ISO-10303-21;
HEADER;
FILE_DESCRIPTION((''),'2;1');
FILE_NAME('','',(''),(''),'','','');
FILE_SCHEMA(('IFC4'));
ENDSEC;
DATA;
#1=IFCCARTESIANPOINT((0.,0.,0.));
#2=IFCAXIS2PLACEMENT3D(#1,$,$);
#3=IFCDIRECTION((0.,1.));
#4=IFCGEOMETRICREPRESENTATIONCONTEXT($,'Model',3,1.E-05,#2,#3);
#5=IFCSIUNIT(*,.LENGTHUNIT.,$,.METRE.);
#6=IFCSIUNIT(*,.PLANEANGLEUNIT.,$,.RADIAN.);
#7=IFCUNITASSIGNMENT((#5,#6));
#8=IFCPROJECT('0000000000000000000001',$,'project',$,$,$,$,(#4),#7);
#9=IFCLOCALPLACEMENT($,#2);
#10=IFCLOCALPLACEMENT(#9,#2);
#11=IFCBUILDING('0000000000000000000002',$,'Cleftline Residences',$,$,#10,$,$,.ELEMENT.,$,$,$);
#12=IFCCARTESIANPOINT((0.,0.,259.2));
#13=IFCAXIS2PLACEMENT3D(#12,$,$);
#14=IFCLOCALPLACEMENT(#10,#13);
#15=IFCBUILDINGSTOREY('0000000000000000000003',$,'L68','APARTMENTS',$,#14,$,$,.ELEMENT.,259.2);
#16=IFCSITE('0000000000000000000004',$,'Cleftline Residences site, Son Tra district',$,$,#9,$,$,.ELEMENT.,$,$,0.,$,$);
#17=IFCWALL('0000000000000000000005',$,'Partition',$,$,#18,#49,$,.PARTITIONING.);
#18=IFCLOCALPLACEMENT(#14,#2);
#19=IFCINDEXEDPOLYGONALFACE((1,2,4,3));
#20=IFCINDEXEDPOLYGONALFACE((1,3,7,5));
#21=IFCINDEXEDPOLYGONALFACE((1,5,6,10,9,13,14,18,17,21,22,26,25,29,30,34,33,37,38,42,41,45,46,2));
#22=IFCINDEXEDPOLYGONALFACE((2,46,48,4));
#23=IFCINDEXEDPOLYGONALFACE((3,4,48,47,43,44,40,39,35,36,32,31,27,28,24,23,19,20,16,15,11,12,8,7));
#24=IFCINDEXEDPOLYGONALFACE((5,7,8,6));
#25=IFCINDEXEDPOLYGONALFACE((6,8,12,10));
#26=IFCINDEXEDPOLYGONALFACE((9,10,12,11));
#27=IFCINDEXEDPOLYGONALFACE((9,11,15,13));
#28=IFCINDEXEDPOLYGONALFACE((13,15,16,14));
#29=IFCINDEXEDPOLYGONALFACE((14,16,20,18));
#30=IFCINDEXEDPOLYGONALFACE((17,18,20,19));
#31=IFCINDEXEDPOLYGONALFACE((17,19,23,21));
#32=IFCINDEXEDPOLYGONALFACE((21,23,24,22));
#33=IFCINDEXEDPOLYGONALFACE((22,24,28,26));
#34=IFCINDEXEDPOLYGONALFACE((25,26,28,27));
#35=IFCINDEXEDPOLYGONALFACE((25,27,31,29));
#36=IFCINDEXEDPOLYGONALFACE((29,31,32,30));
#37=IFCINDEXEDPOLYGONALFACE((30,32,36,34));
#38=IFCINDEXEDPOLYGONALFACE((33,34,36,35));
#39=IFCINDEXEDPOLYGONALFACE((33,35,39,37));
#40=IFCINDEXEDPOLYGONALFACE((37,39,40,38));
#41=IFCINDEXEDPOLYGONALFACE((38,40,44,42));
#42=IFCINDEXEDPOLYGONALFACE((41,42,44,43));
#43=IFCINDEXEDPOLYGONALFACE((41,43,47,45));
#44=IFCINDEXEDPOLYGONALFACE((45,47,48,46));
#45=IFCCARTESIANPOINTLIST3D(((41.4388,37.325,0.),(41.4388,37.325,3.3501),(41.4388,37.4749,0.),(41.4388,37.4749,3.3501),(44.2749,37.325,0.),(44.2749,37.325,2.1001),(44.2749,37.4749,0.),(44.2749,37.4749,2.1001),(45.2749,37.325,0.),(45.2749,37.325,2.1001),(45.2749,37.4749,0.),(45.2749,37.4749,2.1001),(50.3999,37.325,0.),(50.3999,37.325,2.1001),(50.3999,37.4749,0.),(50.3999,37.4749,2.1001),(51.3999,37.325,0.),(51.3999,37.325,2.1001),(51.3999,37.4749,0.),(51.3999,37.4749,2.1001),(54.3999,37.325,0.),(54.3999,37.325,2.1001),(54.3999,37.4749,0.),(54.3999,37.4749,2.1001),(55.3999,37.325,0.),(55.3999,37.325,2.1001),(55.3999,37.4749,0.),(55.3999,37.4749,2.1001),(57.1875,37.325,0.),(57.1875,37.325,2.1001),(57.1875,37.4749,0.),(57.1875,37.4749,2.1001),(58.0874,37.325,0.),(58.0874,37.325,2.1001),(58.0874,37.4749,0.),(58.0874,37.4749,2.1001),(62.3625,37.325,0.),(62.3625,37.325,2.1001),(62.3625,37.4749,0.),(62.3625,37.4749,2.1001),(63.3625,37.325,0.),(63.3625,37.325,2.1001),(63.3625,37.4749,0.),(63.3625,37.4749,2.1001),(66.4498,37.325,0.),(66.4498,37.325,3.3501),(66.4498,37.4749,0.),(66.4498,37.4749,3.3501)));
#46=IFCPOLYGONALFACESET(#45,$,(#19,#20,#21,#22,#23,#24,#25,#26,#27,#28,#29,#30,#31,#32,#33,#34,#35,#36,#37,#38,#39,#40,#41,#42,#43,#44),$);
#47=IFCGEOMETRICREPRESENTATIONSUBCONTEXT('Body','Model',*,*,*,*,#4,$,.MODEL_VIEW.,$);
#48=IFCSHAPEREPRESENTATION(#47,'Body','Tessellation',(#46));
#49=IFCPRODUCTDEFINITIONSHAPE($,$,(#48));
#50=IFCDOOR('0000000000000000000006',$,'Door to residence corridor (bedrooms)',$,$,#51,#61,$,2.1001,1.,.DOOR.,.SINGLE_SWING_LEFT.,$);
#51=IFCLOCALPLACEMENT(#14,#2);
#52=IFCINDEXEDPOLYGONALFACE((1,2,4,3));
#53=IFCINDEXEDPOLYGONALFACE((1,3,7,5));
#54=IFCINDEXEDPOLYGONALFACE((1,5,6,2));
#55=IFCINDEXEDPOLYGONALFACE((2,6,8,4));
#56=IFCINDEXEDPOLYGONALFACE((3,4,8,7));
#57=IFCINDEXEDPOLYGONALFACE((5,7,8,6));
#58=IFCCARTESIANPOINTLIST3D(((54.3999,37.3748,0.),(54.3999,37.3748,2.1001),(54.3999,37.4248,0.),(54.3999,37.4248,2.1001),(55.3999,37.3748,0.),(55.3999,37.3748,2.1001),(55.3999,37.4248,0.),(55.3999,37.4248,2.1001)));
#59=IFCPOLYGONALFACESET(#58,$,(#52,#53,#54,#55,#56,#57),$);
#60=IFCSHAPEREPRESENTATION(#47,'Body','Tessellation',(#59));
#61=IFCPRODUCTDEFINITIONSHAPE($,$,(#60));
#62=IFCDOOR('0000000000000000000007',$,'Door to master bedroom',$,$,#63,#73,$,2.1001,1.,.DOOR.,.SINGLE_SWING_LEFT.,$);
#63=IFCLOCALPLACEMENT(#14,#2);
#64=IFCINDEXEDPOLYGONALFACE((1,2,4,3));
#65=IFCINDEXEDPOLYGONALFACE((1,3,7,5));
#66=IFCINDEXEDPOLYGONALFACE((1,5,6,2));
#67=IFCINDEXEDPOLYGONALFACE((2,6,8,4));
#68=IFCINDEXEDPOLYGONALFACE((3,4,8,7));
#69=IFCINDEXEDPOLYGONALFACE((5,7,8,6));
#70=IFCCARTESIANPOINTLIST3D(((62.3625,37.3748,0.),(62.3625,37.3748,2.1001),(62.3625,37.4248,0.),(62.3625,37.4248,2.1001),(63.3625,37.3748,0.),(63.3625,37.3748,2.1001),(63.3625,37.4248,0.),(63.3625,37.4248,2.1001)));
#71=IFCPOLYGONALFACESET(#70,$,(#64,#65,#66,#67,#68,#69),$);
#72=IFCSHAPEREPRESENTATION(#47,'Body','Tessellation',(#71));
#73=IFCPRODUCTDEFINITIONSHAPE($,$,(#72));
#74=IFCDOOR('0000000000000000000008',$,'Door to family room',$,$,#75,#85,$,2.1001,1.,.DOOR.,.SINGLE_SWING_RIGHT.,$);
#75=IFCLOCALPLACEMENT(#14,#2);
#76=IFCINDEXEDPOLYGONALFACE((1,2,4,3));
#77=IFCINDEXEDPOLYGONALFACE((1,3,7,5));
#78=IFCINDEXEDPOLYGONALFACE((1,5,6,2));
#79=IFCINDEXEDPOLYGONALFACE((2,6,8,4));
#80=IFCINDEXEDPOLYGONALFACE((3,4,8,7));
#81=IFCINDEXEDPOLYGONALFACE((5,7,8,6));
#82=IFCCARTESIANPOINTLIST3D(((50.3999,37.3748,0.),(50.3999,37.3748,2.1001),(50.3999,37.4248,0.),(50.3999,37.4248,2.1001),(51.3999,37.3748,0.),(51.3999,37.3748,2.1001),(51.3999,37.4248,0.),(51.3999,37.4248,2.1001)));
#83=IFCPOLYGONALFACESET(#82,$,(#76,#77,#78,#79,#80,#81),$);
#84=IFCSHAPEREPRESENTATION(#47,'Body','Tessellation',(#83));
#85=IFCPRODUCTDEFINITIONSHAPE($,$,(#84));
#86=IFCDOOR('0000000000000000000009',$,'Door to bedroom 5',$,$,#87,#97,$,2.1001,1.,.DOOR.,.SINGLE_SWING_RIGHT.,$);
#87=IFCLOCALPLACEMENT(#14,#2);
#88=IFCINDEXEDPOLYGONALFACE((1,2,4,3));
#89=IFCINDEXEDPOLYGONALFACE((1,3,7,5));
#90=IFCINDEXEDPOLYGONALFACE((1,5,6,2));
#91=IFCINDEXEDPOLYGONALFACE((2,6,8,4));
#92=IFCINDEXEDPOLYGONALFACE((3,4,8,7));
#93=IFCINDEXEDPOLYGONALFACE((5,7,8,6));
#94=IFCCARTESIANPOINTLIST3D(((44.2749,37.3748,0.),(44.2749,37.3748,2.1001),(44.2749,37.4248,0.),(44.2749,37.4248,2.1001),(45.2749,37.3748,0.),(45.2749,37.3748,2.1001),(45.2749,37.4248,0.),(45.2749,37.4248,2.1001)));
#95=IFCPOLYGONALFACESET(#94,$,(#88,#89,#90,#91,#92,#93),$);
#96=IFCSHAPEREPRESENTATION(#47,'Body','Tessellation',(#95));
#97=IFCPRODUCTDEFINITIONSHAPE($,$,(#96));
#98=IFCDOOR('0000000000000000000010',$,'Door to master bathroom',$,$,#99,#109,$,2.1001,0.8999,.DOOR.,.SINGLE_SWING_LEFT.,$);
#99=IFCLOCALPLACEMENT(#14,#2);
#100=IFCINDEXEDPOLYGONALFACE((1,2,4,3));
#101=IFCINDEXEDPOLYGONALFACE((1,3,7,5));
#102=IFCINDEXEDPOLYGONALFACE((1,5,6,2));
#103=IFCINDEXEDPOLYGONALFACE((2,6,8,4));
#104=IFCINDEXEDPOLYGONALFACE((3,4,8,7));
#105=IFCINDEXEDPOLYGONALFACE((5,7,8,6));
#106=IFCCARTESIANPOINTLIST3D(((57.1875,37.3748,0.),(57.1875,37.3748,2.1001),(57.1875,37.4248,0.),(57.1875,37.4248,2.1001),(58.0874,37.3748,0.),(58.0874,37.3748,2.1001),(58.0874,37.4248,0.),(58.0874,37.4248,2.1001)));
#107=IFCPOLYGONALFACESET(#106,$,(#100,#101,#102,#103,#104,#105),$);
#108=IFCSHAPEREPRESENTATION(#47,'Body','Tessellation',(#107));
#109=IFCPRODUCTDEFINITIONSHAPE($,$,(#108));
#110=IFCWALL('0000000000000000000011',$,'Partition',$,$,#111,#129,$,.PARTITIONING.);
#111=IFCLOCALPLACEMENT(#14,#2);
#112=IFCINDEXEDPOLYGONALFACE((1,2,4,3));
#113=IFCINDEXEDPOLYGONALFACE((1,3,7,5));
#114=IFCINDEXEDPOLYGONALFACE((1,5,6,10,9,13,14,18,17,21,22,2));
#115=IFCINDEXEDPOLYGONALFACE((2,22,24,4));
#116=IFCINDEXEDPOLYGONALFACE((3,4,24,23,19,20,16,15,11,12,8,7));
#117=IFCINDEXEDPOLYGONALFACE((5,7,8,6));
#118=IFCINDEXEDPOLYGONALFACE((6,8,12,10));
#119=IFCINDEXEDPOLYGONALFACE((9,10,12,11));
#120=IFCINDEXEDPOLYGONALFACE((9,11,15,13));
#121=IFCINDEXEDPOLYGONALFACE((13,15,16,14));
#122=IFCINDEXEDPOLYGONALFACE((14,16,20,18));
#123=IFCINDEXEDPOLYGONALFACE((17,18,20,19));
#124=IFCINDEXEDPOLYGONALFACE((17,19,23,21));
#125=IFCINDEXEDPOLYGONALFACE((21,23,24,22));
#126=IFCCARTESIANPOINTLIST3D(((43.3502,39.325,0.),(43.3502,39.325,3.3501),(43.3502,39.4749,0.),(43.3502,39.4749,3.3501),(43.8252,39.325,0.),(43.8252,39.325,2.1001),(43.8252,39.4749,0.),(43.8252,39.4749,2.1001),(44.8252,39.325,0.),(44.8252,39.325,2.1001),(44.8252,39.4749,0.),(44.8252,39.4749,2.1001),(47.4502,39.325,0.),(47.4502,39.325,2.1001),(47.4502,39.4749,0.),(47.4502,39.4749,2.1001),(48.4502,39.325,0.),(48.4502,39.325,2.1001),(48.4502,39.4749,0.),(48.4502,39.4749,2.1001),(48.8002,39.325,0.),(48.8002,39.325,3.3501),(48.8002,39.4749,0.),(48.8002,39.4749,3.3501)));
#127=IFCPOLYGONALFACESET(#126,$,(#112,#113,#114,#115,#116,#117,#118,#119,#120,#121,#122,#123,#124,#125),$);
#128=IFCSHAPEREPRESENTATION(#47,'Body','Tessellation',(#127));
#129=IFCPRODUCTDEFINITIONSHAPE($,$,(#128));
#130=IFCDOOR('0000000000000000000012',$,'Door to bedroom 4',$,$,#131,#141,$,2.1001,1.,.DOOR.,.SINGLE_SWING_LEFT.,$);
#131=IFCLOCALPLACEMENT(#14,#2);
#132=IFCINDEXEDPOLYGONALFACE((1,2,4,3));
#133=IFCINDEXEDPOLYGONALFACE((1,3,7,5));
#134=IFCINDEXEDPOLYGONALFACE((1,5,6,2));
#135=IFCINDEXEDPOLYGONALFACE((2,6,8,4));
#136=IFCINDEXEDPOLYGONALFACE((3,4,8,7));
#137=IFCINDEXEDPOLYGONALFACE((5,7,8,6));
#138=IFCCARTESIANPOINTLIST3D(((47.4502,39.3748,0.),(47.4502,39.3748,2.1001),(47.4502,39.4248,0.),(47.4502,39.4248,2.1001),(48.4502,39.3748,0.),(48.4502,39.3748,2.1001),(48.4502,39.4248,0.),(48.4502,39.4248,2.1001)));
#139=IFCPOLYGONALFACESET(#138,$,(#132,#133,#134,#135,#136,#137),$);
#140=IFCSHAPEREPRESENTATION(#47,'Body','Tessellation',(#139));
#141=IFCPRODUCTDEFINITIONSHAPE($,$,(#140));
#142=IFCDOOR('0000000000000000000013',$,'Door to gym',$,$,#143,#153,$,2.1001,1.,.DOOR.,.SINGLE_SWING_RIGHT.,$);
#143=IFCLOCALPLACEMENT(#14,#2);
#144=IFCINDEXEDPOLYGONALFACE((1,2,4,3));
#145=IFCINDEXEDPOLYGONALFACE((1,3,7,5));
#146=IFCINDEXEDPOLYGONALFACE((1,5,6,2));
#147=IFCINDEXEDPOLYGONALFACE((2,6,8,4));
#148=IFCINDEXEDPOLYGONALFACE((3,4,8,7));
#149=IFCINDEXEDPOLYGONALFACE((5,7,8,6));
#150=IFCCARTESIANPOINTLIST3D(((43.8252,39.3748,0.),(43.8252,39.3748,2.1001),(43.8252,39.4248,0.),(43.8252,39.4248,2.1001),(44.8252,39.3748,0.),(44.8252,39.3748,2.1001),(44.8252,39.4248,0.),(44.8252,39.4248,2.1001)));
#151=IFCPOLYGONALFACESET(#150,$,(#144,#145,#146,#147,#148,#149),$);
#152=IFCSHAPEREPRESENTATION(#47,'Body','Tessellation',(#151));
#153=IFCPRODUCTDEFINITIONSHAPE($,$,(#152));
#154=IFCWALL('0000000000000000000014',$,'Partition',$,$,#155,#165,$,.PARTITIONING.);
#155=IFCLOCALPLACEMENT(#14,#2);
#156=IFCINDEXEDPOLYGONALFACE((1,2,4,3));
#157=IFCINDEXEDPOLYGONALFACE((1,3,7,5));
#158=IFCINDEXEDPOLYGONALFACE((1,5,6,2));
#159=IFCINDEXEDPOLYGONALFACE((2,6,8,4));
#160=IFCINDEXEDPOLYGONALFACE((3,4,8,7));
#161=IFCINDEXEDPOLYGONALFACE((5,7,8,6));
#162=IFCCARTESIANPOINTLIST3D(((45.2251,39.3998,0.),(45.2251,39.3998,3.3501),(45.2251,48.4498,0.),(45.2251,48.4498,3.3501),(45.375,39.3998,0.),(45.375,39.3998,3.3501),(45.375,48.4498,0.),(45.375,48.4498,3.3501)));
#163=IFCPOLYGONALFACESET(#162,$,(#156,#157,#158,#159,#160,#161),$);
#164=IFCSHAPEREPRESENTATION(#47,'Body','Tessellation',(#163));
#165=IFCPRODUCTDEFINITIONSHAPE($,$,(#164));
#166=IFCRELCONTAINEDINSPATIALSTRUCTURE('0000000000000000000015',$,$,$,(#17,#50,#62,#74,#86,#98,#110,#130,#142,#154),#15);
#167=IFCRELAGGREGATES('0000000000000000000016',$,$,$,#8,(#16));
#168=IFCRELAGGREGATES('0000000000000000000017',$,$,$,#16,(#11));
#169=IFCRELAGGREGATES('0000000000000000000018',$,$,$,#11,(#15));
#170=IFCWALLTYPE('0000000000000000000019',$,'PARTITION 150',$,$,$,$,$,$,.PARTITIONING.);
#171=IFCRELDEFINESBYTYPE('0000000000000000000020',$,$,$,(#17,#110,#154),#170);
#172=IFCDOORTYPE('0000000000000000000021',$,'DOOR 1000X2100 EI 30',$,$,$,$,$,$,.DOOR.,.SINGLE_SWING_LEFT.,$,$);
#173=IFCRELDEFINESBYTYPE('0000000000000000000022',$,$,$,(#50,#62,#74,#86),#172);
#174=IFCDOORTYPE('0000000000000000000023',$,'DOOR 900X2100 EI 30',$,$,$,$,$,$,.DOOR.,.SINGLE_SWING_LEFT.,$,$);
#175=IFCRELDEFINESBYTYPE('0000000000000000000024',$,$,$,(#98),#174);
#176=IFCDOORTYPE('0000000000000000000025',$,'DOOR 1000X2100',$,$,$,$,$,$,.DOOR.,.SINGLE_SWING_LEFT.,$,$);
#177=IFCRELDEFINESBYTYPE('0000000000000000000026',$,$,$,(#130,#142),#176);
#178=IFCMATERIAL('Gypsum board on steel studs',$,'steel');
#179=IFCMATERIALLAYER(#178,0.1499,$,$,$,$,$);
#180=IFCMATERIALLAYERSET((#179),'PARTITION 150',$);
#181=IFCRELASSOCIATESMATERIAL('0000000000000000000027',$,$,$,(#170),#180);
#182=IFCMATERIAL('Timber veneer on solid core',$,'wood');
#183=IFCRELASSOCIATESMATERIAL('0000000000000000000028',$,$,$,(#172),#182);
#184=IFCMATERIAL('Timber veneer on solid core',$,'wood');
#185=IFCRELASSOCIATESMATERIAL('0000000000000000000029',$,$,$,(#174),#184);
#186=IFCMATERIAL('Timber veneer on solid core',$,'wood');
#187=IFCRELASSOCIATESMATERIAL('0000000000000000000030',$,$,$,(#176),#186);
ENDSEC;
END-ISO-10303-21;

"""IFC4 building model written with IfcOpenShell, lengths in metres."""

from ifc_helpers import new_model, si_unit, direction, frame, frame_2d, origin, place, context, subcontext, project, spatial, rectangle, extrude, material, layer, layer_set, type_object, element, fill, save


model = new_model("IFC4")

# Units and contexts
model_context = context("Model", 3, precision=1e-05, world=origin(), true_north=direction((0.0, 1.0)))
body_context = subcontext(model_context, "Body", "Model", "MODEL_VIEW")
ifc_project = project(units=[si_unit("LENGTHUNIT", "METRE"), si_unit("PLANEANGLEUNIT", "RADIAN")], contexts=[model_context])

# Site, building, storey
site_placement = place(None, origin())
site = spatial("IfcSite", under=ifc_project, at=site_placement, Name="Cleftline Residences site, Son Tra district", CompositionType="ELEMENT", RefElevation=0.0)
building_placement = place(site_placement, origin())
building = spatial("IfcBuilding", under=site, at=building_placement, Name="Cleftline Residences", CompositionType="ELEMENT")
storey_placement = place(building_placement, frame((0.0, 0.0, 259.2)))
storey = spatial("IfcBuildingStorey", under=building, at=storey_placement, Name="L68", Description="APARTMENTS", CompositionType="ELEMENT", Elevation=259.2)

# Shared definitions
ifc_material_1 = material(Name="Gypsum board on steel studs", Category="steel")
ifc_layer_1 = layer(ifc_material_1, 0.1499)
ifc_layer_set_1 = layer_set([ifc_layer_1], Name="PARTITION 150")
wall_type = type_object("IfcWallType", Name="PARTITION 150", PredefinedType="PARTITIONING", material=ifc_layer_set_1)

# Walls, openings, doors
wall_1_placement = place(storey_placement, frame((41.439, 37.3999, 0.0), z_axis=(0.0, 0.0, 1.0), x_axis=(1.0, 0.0, 0.0)))
wall_1 = element("IfcWall", 1, at=wall_1_placement, inside=storey, type_object=wall_type, Name="Partition", PredefinedType="PARTITIONING", context=body_context, shape_type="SweptSolid", body=[
    extrude(rectangle(XDim=25.011, YDim=0.1499, at=frame_2d((12.5054, 0.0))), origin(), (0.0, 0.0, 1.0), 3.3501),
])
opening_1_placement = place(wall_1_placement, frame((12.9609, 0.0, 0.0)))
opening_1 = element("IfcOpeningElement", 2, at=opening_1_placement, cuts=wall_1, PredefinedType="OPENING", context=body_context, shape_type="SweptSolid", body=[
    extrude(rectangle(XDim=1.0, YDim=2.1001, at=frame_2d((0.5, 1.05))), frame((0.0, 0.085, 0.0), z_axis=(0.0, -1.0, 0.0), x_axis=(1.0, 0.0, 0.0)), (0.0, 0.0, 1.0), 0.1699),
])
opening_2_placement = place(wall_1_placement, frame((20.9236, 0.0, 0.0)))
opening_2 = element("IfcOpeningElement", 3, at=opening_2_placement, cuts=wall_1, PredefinedType="OPENING", context=body_context, shape_type="SweptSolid", body=[
    extrude(rectangle(XDim=1.0, YDim=2.1001, at=frame_2d((0.5, 1.05))), frame((0.0, 0.085, 0.0), z_axis=(0.0, -1.0, 0.0), x_axis=(1.0, 0.0, 0.0)), (0.0, 0.0, 1.0), 0.1699),
])
opening_3_placement = place(wall_1_placement, frame((15.7485, 0.0, 0.0)))
opening_3 = element("IfcOpeningElement", 4, at=opening_3_placement, cuts=wall_1, PredefinedType="OPENING", context=body_context, shape_type="SweptSolid", body=[
    extrude(rectangle(XDim=0.8999, YDim=2.1001, at=frame_2d((0.45, 1.05))), frame((0.0, 0.085, 0.0), z_axis=(0.0, -1.0, 0.0), x_axis=(1.0, 0.0, 0.0)), (0.0, 0.0, 1.0), 0.1699),
])
opening_4_placement = place(wall_1_placement, frame((8.9609, 0.0, 0.0)))
opening_4 = element("IfcOpeningElement", 5, at=opening_4_placement, cuts=wall_1, PredefinedType="OPENING", context=body_context, shape_type="SweptSolid", body=[
    extrude(rectangle(XDim=1.0, YDim=2.1001, at=frame_2d((0.5, 1.05))), frame((0.0, 0.085, 0.0), z_axis=(0.0, -1.0, 0.0), x_axis=(1.0, 0.0, 0.0)), (0.0, 0.0, 1.0), 0.1699),
])
opening_5_placement = place(wall_1_placement, frame((2.8359, 0.0, 0.0)))
opening_5 = element("IfcOpeningElement", 6, at=opening_5_placement, cuts=wall_1, PredefinedType="OPENING", context=body_context, shape_type="SweptSolid", body=[
    extrude(rectangle(XDim=1.0, YDim=2.1001, at=frame_2d((0.5, 1.05))), frame((0.0, 0.085, 0.0), z_axis=(0.0, -1.0, 0.0), x_axis=(1.0, 0.0, 0.0)), (0.0, 0.0, 1.0), 0.1699),
])
ifc_material_2 = material(Name="Timber veneer on solid core", Category="wood")
door_type_1 = type_object("IfcDoorType", Name="DOOR 1000X2100 EI 30", OperationType="SINGLE_SWING_LEFT", PredefinedType="DOOR", material=ifc_material_2)
door_1_placement = place(opening_1_placement, origin())
door_1 = element("IfcDoor", 7, at=door_1_placement, inside=storey, type_object=door_type_1, Name="Door to residence corridor (bedrooms)", OperationType="SINGLE_SWING_LEFT", OverallHeight=2.1001, OverallWidth=1.0, PredefinedType="DOOR", context=body_context, shape_type="SweptSolid", body=[
    extrude(rectangle(XDim=1.0, YDim=2.1001, at=frame_2d((0.5, 1.05))), frame((0.0, 0.0249, 0.0), z_axis=(0.0, -1.0, 0.0), x_axis=(1.0, 0.0, 0.0)), (0.0, 0.0, 1.0), 0.05),
])
fill(opening_1, door_1)
door_2_placement = place(opening_2_placement, origin())
door_2 = element("IfcDoor", 8, at=door_2_placement, inside=storey, type_object=door_type_1, Name="Door to master bedroom", OperationType="SINGLE_SWING_LEFT", OverallHeight=2.1001, OverallWidth=1.0, PredefinedType="DOOR", context=body_context, shape_type="SweptSolid", body=[
    extrude(rectangle(XDim=1.0, YDim=2.1001, at=frame_2d((0.5, 1.05))), frame((0.0, 0.0249, 0.0), z_axis=(0.0, -1.0, 0.0), x_axis=(1.0, 0.0, 0.0)), (0.0, 0.0, 1.0), 0.05),
])
fill(opening_2, door_2)
door_3_placement = place(opening_4_placement, origin())
door_3 = element("IfcDoor", 9, at=door_3_placement, inside=storey, type_object=door_type_1, Name="Door to family room", OperationType="SINGLE_SWING_RIGHT", OverallHeight=2.1001, OverallWidth=1.0, PredefinedType="DOOR", context=body_context, shape_type="SweptSolid", body=[
    extrude(rectangle(XDim=1.0, YDim=2.1001, at=frame_2d((0.5, 1.05))), frame((0.0, 0.0249, 0.0), z_axis=(0.0, -1.0, 0.0), x_axis=(1.0, 0.0, 0.0)), (0.0, 0.0, 1.0), 0.05),
])
fill(opening_4, door_3)
door_4_placement = place(opening_5_placement, origin())
door_4 = element("IfcDoor", 10, at=door_4_placement, inside=storey, type_object=door_type_1, Name="Door to bedroom 5", OperationType="SINGLE_SWING_RIGHT", OverallHeight=2.1001, OverallWidth=1.0, PredefinedType="DOOR", context=body_context, shape_type="SweptSolid", body=[
    extrude(rectangle(XDim=1.0, YDim=2.1001, at=frame_2d((0.5, 1.05))), frame((0.0, 0.0249, 0.0), z_axis=(0.0, -1.0, 0.0), x_axis=(1.0, 0.0, 0.0)), (0.0, 0.0, 1.0), 0.05),
])
fill(opening_5, door_4)
ifc_material_3 = material(Name="Timber veneer on solid core", Category="wood")
door_type_2 = type_object("IfcDoorType", Name="DOOR 900X2100 EI 30", OperationType="SINGLE_SWING_LEFT", PredefinedType="DOOR", material=ifc_material_3)
door_5_placement = place(opening_3_placement, origin())
door_5 = element("IfcDoor", 11, at=door_5_placement, inside=storey, type_object=door_type_2, Name="Door to master bathroom", OperationType="SINGLE_SWING_LEFT", OverallHeight=2.1001, OverallWidth=0.8999, PredefinedType="DOOR", context=body_context, shape_type="SweptSolid", body=[
    extrude(rectangle(XDim=0.8999, YDim=2.1001, at=frame_2d((0.45, 1.05))), frame((0.0, 0.0249, 0.0), z_axis=(0.0, -1.0, 0.0), x_axis=(1.0, 0.0, 0.0)), (0.0, 0.0, 1.0), 0.05),
])
fill(opening_3, door_5)
wall_2_placement = place(storey_placement, frame((43.3501, 39.3999, 0.0), z_axis=(0.0, 0.0, 1.0), x_axis=(1.0, 0.0, 0.0)))
wall_2 = element("IfcWall", 12, at=wall_2_placement, inside=storey, type_object=wall_type, Name="Partition", PredefinedType="PARTITIONING", context=body_context, shape_type="SweptSolid", body=[
    extrude(rectangle(XDim=5.45, YDim=0.1499, at=frame_2d((2.7251, 0.0))), origin(), (0.0, 0.0, 1.0), 3.3501),
])
opening_6_placement = place(wall_2_placement, frame((4.1001, 0.0, 0.0)))
opening_6 = element("IfcOpeningElement", 13, at=opening_6_placement, cuts=wall_2, PredefinedType="OPENING", context=body_context, shape_type="SweptSolid", body=[
    extrude(rectangle(XDim=1.0, YDim=2.1001, at=frame_2d((0.5, 1.05))), frame((0.0, 0.085, 0.0), z_axis=(0.0, -1.0, 0.0), x_axis=(1.0, 0.0, 0.0)), (0.0, 0.0, 1.0), 0.1699),
])
opening_7_placement = place(wall_2_placement, frame((0.4751, 0.0, 0.0)))
opening_7 = element("IfcOpeningElement", 14, at=opening_7_placement, cuts=wall_2, PredefinedType="OPENING", context=body_context, shape_type="SweptSolid", body=[
    extrude(rectangle(XDim=1.0, YDim=2.1001, at=frame_2d((0.5, 1.05))), frame((0.0, 0.085, 0.0), z_axis=(0.0, -1.0, 0.0), x_axis=(1.0, 0.0, 0.0)), (0.0, 0.0, 1.0), 0.1699),
])
ifc_material_4 = material(Name="Timber veneer on solid core", Category="wood")
door_type_3 = type_object("IfcDoorType", Name="DOOR 1000X2100", OperationType="SINGLE_SWING_LEFT", PredefinedType="DOOR", material=ifc_material_4)
door_6_placement = place(opening_6_placement, origin())
door_6 = element("IfcDoor", 15, at=door_6_placement, inside=storey, type_object=door_type_3, Name="Door to bedroom 4", OperationType="SINGLE_SWING_LEFT", OverallHeight=2.1001, OverallWidth=1.0, PredefinedType="DOOR", context=body_context, shape_type="SweptSolid", body=[
    extrude(rectangle(XDim=1.0, YDim=2.1001, at=frame_2d((0.5, 1.05))), frame((0.0, 0.0249, 0.0), z_axis=(0.0, -1.0, 0.0), x_axis=(1.0, 0.0, 0.0)), (0.0, 0.0, 1.0), 0.05),
])
fill(opening_6, door_6)
door_7_placement = place(opening_7_placement, origin())
door_7 = element("IfcDoor", 16, at=door_7_placement, inside=storey, type_object=door_type_3, Name="Door to gym", OperationType="SINGLE_SWING_RIGHT", OverallHeight=2.1001, OverallWidth=1.0, PredefinedType="DOOR", context=body_context, shape_type="SweptSolid", body=[
    extrude(rectangle(XDim=1.0, YDim=2.1001, at=frame_2d((0.5, 1.05))), frame((0.0, 0.0249, 0.0), z_axis=(0.0, -1.0, 0.0), x_axis=(1.0, 0.0, 0.0)), (0.0, 0.0, 1.0), 0.05),
])
fill(opening_7, door_7)

# Wall
wall_3_placement = place(storey_placement, frame((45.3, 39.3999, 0.0), z_axis=(0.0, 0.0, 1.0), x_axis=(0.0, 1.0, 0.0)))
element("IfcWall", 17, at=wall_3_placement, inside=storey, type_object=wall_type, Name="Partition", PredefinedType="PARTITIONING", context=body_context, shape_type="SweptSolid", body=[
    extrude(rectangle(XDim=9.05, YDim=0.1499, at=frame_2d((4.5249, 0.0))), origin(), (0.0, 0.0, 1.0), 3.3501),
])

save(model, "model.ifc")
